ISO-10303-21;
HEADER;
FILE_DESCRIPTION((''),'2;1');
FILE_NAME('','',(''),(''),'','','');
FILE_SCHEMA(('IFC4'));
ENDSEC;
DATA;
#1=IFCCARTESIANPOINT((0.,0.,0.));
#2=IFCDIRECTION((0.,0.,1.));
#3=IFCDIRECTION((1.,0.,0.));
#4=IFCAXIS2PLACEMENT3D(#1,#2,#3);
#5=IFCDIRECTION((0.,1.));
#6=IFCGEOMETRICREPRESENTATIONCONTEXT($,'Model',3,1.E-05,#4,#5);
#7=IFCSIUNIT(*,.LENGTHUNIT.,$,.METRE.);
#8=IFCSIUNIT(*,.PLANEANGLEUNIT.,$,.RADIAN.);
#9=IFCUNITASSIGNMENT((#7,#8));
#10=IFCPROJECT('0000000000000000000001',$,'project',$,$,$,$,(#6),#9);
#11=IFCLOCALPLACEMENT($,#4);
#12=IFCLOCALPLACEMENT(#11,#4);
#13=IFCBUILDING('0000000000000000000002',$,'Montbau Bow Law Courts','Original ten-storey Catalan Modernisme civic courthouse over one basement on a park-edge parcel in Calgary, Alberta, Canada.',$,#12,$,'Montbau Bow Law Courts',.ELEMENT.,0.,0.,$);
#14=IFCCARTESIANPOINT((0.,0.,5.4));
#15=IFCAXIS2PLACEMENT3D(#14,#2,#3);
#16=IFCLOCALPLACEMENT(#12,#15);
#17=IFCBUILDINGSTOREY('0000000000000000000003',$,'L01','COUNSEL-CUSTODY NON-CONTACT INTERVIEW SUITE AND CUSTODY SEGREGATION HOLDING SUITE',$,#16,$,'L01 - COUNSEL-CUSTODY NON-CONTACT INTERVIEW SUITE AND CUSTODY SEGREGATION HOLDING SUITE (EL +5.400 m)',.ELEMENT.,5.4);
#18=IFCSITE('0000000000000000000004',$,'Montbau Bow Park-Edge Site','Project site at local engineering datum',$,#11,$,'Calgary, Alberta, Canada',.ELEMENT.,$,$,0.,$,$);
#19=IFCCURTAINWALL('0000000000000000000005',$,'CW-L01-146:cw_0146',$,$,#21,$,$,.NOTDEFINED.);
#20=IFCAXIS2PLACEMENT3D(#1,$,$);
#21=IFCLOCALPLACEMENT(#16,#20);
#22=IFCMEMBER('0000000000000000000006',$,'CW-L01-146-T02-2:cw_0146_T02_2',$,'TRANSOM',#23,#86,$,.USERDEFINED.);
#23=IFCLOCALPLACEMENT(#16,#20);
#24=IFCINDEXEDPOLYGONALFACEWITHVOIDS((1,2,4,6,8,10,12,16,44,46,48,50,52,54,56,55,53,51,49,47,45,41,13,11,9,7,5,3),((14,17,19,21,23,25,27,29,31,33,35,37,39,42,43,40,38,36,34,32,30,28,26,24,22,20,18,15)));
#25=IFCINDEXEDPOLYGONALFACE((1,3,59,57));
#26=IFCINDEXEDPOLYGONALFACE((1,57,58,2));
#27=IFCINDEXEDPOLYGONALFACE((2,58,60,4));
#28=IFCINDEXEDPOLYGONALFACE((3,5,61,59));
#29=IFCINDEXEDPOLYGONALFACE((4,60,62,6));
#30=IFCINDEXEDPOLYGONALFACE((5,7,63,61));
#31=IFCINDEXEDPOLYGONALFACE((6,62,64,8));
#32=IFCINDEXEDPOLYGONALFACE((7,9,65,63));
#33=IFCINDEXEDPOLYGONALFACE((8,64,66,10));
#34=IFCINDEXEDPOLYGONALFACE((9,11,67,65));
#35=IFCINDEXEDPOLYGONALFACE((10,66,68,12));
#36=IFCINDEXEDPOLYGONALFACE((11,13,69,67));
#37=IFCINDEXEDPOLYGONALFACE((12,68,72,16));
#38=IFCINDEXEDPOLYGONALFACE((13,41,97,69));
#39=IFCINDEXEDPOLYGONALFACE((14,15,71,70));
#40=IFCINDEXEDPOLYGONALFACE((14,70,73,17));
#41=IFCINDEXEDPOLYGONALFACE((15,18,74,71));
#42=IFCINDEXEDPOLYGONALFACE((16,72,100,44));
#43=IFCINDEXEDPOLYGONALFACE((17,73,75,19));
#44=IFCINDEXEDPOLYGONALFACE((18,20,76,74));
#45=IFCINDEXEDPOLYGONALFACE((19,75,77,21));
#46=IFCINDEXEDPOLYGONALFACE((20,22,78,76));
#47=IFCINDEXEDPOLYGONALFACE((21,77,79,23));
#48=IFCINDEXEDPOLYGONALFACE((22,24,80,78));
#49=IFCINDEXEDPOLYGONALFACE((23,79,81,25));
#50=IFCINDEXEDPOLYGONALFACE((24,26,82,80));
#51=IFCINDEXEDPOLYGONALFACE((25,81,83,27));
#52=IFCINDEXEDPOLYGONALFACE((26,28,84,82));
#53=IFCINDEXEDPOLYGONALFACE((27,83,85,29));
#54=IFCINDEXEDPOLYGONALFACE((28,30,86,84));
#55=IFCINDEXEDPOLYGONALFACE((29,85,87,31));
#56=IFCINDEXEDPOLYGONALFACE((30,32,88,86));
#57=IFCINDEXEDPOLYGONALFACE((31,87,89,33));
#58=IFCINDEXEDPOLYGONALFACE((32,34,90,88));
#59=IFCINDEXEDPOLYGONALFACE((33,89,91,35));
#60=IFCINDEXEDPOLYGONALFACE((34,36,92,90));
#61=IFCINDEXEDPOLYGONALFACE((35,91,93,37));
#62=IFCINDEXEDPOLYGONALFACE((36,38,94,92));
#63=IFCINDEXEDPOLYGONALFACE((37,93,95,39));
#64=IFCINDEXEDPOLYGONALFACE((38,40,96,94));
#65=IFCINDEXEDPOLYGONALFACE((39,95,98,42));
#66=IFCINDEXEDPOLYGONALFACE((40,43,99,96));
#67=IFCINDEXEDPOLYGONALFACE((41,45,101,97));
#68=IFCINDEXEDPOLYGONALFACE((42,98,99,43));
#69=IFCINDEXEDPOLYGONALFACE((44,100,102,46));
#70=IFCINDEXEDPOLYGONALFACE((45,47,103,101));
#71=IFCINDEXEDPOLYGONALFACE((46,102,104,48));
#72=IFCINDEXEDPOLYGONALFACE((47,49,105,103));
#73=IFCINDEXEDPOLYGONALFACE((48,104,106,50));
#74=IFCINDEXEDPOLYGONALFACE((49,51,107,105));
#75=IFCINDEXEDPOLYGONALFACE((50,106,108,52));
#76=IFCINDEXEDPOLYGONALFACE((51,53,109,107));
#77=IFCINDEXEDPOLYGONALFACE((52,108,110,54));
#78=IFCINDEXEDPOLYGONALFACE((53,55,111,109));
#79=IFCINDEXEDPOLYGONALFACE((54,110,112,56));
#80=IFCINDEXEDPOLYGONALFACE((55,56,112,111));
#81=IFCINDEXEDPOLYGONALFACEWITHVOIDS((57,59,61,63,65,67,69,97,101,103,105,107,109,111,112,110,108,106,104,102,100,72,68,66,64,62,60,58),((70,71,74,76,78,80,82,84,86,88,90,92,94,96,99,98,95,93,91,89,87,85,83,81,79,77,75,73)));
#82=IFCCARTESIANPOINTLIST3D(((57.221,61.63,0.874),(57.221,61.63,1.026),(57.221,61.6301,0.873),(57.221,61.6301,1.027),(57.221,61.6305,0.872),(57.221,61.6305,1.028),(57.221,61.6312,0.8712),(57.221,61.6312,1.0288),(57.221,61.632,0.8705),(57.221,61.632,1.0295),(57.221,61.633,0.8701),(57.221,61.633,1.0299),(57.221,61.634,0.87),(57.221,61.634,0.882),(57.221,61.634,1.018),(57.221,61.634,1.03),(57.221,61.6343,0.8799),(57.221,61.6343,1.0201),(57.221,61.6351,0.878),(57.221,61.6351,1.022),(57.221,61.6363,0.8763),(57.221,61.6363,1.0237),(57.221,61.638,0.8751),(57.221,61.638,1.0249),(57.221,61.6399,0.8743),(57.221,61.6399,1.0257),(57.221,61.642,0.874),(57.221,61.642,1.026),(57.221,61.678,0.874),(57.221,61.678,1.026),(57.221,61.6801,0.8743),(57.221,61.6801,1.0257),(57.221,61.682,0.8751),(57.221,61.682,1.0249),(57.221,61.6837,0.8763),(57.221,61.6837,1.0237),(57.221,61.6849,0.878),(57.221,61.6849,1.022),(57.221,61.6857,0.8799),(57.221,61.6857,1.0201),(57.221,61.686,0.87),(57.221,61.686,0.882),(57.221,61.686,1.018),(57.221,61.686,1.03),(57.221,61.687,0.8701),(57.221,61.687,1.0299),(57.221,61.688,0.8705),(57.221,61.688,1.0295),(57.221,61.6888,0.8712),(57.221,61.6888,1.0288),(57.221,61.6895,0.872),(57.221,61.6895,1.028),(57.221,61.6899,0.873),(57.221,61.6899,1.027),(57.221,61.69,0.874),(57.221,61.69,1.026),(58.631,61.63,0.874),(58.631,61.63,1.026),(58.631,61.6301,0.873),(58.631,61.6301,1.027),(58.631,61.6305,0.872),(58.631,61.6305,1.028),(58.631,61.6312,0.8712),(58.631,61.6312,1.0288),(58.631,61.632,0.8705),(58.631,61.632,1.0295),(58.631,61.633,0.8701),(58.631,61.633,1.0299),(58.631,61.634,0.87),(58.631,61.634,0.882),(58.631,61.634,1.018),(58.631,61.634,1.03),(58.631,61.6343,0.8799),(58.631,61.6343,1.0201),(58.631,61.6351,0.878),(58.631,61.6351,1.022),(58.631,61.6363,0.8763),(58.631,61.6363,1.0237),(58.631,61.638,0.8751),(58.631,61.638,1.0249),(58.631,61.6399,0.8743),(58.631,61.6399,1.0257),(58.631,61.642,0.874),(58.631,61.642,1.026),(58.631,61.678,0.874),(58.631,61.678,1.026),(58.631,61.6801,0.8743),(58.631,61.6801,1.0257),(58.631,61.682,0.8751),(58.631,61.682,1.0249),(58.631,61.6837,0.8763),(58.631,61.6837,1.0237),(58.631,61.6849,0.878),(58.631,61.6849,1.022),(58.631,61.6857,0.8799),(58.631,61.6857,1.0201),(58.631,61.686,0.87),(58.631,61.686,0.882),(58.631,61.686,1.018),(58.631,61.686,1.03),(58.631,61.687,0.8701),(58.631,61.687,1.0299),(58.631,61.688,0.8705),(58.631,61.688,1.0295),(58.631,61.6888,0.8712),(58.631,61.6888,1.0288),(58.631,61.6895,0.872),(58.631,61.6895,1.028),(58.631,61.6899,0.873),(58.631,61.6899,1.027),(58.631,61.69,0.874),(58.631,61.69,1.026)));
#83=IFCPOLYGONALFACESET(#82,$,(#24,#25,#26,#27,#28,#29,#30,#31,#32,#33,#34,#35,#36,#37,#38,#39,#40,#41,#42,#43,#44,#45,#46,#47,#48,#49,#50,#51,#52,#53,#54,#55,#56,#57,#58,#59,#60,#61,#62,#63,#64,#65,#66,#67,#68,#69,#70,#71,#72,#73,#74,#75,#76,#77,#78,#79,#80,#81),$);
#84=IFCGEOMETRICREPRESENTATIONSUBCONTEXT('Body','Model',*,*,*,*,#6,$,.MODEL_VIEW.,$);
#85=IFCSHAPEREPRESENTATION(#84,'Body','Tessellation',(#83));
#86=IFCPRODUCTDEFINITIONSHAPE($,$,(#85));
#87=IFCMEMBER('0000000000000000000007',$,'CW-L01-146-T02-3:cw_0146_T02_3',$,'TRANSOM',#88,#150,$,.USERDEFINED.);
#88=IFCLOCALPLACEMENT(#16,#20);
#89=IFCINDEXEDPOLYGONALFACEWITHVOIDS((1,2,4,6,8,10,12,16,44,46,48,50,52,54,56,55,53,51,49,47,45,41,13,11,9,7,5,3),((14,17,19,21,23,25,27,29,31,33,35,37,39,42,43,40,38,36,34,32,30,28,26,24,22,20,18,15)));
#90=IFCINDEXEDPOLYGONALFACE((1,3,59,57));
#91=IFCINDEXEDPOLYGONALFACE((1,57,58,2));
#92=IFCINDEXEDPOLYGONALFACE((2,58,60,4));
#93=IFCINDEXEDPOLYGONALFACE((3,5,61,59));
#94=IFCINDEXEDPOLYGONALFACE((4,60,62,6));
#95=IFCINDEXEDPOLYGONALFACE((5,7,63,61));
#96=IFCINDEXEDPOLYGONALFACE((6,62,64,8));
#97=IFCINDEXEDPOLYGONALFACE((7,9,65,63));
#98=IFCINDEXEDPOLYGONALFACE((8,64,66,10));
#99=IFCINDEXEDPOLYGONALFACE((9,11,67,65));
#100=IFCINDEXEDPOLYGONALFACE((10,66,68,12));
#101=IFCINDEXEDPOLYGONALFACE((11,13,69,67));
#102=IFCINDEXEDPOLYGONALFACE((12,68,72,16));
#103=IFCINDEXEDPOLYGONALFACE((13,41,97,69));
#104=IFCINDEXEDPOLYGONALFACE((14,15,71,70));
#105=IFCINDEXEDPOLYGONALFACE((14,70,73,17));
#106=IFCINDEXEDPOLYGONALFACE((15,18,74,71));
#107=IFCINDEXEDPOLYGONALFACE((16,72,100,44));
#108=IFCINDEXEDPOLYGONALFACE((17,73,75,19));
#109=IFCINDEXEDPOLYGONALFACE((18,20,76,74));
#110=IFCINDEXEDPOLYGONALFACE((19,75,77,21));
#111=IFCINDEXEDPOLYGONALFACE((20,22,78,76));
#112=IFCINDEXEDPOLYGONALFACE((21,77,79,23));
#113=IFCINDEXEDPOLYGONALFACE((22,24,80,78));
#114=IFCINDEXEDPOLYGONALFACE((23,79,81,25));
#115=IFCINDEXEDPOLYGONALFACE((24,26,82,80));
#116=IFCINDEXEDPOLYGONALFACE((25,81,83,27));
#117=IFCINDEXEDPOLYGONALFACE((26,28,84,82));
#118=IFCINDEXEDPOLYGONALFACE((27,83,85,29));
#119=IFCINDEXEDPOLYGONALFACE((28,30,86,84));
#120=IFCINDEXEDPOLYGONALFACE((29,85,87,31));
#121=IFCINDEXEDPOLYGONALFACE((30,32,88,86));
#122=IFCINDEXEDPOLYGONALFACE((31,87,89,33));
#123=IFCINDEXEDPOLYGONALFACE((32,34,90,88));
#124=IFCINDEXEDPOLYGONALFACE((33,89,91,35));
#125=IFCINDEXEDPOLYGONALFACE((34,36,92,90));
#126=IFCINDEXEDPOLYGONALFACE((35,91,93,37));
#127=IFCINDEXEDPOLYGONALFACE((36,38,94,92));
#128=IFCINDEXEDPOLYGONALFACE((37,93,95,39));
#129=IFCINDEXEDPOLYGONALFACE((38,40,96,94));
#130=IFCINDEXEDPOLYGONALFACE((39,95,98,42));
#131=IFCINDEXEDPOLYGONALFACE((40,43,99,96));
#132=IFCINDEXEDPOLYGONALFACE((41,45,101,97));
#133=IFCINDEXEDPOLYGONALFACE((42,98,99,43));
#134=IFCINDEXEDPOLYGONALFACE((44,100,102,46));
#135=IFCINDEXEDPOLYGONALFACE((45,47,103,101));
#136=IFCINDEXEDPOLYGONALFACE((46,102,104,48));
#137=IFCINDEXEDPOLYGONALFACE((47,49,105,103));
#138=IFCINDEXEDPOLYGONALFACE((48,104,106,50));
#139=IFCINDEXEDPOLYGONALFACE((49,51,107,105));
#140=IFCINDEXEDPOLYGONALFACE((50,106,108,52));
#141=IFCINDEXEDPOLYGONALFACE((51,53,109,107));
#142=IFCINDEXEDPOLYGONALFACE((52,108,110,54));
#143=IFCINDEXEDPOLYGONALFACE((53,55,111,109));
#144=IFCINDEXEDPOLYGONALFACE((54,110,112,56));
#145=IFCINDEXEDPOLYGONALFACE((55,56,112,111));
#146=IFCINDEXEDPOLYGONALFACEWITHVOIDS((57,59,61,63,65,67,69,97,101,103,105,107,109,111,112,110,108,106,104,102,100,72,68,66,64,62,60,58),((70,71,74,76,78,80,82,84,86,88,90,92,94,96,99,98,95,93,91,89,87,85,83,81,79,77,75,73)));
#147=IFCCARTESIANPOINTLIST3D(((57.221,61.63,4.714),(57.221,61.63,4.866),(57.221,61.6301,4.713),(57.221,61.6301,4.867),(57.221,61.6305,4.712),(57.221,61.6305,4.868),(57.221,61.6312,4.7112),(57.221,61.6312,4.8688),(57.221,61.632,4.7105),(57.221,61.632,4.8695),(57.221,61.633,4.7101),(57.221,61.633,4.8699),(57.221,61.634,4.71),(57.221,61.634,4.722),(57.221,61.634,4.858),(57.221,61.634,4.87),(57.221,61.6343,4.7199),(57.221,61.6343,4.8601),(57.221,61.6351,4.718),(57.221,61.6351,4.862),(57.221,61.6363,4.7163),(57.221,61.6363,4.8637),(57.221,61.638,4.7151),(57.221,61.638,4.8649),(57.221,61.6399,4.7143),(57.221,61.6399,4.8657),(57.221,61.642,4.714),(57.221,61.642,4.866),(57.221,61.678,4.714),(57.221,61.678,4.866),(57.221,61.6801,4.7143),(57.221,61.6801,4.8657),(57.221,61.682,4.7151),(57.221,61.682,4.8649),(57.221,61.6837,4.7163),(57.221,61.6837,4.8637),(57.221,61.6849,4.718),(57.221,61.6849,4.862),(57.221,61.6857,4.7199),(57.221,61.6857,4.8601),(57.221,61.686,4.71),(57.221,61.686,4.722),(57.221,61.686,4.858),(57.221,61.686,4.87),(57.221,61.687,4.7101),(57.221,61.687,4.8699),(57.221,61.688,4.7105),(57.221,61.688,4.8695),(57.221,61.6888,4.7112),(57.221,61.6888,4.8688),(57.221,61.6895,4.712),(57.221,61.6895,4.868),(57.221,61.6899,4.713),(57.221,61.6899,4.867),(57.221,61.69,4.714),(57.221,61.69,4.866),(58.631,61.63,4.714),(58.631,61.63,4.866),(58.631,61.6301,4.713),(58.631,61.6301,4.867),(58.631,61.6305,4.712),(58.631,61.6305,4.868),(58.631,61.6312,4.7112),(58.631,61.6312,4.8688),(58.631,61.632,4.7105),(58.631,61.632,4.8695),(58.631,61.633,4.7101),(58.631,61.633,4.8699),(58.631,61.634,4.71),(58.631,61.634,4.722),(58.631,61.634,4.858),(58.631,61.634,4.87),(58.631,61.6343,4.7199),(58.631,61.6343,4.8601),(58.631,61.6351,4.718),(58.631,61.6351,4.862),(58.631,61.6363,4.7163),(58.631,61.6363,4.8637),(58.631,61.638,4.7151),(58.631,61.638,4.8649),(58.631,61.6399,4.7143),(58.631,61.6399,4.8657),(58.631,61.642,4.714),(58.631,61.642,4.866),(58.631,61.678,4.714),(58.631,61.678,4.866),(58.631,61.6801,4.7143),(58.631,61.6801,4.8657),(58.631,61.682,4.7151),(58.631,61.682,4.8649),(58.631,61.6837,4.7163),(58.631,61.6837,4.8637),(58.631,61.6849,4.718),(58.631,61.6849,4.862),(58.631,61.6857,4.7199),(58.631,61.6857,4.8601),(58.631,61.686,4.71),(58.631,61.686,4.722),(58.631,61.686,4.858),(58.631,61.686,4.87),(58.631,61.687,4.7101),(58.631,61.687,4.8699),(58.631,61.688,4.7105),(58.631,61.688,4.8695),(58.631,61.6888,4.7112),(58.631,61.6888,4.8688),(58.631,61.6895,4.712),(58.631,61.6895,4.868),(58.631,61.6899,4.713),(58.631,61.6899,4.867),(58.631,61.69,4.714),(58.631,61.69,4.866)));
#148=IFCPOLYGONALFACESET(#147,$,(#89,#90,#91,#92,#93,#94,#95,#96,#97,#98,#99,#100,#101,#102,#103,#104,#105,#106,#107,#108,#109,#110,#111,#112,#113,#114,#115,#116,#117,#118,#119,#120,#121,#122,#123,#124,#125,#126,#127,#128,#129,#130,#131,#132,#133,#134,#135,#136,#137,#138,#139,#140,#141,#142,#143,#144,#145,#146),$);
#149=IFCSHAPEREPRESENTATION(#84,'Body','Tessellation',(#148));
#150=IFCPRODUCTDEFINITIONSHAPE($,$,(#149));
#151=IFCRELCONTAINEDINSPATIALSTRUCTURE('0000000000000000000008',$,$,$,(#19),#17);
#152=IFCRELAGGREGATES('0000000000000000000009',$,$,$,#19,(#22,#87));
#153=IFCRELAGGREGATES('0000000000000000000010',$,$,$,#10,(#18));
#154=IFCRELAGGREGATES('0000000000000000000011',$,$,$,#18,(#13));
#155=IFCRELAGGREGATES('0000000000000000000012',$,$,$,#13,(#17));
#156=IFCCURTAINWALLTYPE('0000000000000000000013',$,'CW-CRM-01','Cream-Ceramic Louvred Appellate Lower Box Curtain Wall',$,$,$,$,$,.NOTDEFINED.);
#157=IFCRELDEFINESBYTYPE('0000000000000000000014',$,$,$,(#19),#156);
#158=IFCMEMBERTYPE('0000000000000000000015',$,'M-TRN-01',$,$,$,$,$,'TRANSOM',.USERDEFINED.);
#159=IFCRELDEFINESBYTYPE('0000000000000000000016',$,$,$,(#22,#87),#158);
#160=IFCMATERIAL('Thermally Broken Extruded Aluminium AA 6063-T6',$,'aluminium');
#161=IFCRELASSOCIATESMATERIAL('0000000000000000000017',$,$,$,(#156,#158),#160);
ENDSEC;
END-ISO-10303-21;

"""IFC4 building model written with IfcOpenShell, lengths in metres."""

from ifc_helpers import new_model, si_unit, direction, frame, origin_with_axes, origin_2d_with_axis, place, context, subcontext, project, spatial, hollow_rectangle, extrude, material, material_profile, profile_set, type_object, element, aggregate, save


model = new_model("IFC4")

# Units and contexts
model_context = context("Model", 3, precision=1e-05, world=origin_with_axes(), true_north=direction((0.0, 1.0)))
body_context = subcontext(model_context, "Body", "Model", "MODEL_VIEW")
ifc_project = project(units=[si_unit("LENGTHUNIT", "METRE"), si_unit("PLANEANGLEUNIT", "RADIAN")], contexts=[model_context])

# Site, building, storey
site_placement = place(None, origin_with_axes())
site = spatial("IfcSite", under=ifc_project, at=site_placement, Name="Montbau Bow Park-Edge Site", Description="Project site at local engineering datum", LongName="Calgary, Alberta, Canada", CompositionType="ELEMENT", RefElevation=0.0)
building_placement = place(site_placement, origin_with_axes())
building = spatial("IfcBuilding", under=site, at=building_placement, Name="Montbau Bow Law Courts", Description="Original ten-storey Catalan Modernisme civic courthouse over one basement on a park-edge parcel in Calgary, Alberta, Canada.", LongName="Montbau Bow Law Courts", CompositionType="ELEMENT", ElevationOfRefHeight=0.0, ElevationOfTerrain=0.0)
storey_placement = place(building_placement, frame((0.0, 0.0, 5.4), z_axis=(0.0, 0.0, 1.0), x_axis=(1.0, 0.0, 0.0)))
storey = spatial("IfcBuildingStorey", under=building, at=storey_placement, Name="L01", Description="COUNSEL-CUSTODY NON-CONTACT INTERVIEW SUITE AND CUSTODY SEGREGATION HOLDING SUITE", LongName="L01 - COUNSEL-CUSTODY NON-CONTACT INTERVIEW SUITE AND CUSTODY SEGREGATION HOLDING SUITE (EL +5.400 m)", CompositionType="ELEMENT", Elevation=5.4)

# Curtain wall, members
ifc_material_1 = material(Name="Thermally Broken Extruded Aluminium AA 6063-T6", Category="aluminium")
curtain_wall_type = type_object("IfcCurtainWallType", Name="CW-CRM-01", Description="Cream-Ceramic Louvred Appellate Lower Box Curtain Wall", PredefinedType="NOTDEFINED", material=ifc_material_1)
curtain_wall_1_placement = place(None, frame((55.715, 61.66, 5.4), z_axis=(0.0, 0.0, 1.0), x_axis=(1.0, 0.0, 0.0)))
curtain_wall_1 = element("IfcCurtainWall", 1, at=curtain_wall_1_placement, inside=storey, type_object=curtain_wall_type, Name="CW-L01-146:cw_0146", PredefinedType="NOTDEFINED")
ifc_material_profile_1 = material_profile(ifc_material_1, hollow_rectangle(XDim=0.06, YDim=0.16, WallThickness=0.004, InnerFilletRadius=0.008, OuterFilletRadius=0.004, at=origin_2d_with_axis()), Name="CWT-160X60", Category="Main", Priority=0)
ifc_profile_set_1 = profile_set([ifc_material_profile_1], Name="Thermally Broken Extruded Aluminium AA 6063-T6")
member_type_1 = type_object("IfcMemberType", Name="M-TRN-01", ElementType="TRANSOM", PredefinedType="USERDEFINED", material=ifc_profile_set_1)
member_1_placement = place(None, frame((57.221, 61.66, 6.35), z_axis=(1.0, 0.0, 0.0), x_axis=(0.0, 1.0, 0.0)))
member_1 = element("IfcMember", 2, at=member_1_placement, type_object=member_type_1, Name="CW-L01-146-T02-2:cw_0146_T02_2", ObjectType="TRANSOM", PredefinedType="USERDEFINED", context=body_context, shape_type="SweptSolid", body=[
    extrude(hollow_rectangle(XDim=0.06, YDim=0.16, WallThickness=0.004, InnerFilletRadius=0.008, OuterFilletRadius=0.004, at=origin_2d_with_axis()), origin_with_axes(), (0.0, 0.0, 1.0), 1.41),
])
member_2_placement = place(None, frame((57.221, 61.66, 10.19), z_axis=(1.0, 0.0, 0.0), x_axis=(0.0, 1.0, 0.0)))
member_2 = element("IfcMember", 3, at=member_2_placement, type_object=member_type_1, Name="CW-L01-146-T02-3:cw_0146_T02_3", ObjectType="TRANSOM", PredefinedType="USERDEFINED", context=body_context, shape_type="SweptSolid", body=[
    extrude(hollow_rectangle(XDim=0.06, YDim=0.16, WallThickness=0.004, InnerFilletRadius=0.008, OuterFilletRadius=0.004, at=origin_2d_with_axis()), origin_with_axes(), (0.0, 0.0, 1.0), 1.41),
])

aggregate(curtain_wall_1, [member_1, member_2])

save(model, "model.ifc")
